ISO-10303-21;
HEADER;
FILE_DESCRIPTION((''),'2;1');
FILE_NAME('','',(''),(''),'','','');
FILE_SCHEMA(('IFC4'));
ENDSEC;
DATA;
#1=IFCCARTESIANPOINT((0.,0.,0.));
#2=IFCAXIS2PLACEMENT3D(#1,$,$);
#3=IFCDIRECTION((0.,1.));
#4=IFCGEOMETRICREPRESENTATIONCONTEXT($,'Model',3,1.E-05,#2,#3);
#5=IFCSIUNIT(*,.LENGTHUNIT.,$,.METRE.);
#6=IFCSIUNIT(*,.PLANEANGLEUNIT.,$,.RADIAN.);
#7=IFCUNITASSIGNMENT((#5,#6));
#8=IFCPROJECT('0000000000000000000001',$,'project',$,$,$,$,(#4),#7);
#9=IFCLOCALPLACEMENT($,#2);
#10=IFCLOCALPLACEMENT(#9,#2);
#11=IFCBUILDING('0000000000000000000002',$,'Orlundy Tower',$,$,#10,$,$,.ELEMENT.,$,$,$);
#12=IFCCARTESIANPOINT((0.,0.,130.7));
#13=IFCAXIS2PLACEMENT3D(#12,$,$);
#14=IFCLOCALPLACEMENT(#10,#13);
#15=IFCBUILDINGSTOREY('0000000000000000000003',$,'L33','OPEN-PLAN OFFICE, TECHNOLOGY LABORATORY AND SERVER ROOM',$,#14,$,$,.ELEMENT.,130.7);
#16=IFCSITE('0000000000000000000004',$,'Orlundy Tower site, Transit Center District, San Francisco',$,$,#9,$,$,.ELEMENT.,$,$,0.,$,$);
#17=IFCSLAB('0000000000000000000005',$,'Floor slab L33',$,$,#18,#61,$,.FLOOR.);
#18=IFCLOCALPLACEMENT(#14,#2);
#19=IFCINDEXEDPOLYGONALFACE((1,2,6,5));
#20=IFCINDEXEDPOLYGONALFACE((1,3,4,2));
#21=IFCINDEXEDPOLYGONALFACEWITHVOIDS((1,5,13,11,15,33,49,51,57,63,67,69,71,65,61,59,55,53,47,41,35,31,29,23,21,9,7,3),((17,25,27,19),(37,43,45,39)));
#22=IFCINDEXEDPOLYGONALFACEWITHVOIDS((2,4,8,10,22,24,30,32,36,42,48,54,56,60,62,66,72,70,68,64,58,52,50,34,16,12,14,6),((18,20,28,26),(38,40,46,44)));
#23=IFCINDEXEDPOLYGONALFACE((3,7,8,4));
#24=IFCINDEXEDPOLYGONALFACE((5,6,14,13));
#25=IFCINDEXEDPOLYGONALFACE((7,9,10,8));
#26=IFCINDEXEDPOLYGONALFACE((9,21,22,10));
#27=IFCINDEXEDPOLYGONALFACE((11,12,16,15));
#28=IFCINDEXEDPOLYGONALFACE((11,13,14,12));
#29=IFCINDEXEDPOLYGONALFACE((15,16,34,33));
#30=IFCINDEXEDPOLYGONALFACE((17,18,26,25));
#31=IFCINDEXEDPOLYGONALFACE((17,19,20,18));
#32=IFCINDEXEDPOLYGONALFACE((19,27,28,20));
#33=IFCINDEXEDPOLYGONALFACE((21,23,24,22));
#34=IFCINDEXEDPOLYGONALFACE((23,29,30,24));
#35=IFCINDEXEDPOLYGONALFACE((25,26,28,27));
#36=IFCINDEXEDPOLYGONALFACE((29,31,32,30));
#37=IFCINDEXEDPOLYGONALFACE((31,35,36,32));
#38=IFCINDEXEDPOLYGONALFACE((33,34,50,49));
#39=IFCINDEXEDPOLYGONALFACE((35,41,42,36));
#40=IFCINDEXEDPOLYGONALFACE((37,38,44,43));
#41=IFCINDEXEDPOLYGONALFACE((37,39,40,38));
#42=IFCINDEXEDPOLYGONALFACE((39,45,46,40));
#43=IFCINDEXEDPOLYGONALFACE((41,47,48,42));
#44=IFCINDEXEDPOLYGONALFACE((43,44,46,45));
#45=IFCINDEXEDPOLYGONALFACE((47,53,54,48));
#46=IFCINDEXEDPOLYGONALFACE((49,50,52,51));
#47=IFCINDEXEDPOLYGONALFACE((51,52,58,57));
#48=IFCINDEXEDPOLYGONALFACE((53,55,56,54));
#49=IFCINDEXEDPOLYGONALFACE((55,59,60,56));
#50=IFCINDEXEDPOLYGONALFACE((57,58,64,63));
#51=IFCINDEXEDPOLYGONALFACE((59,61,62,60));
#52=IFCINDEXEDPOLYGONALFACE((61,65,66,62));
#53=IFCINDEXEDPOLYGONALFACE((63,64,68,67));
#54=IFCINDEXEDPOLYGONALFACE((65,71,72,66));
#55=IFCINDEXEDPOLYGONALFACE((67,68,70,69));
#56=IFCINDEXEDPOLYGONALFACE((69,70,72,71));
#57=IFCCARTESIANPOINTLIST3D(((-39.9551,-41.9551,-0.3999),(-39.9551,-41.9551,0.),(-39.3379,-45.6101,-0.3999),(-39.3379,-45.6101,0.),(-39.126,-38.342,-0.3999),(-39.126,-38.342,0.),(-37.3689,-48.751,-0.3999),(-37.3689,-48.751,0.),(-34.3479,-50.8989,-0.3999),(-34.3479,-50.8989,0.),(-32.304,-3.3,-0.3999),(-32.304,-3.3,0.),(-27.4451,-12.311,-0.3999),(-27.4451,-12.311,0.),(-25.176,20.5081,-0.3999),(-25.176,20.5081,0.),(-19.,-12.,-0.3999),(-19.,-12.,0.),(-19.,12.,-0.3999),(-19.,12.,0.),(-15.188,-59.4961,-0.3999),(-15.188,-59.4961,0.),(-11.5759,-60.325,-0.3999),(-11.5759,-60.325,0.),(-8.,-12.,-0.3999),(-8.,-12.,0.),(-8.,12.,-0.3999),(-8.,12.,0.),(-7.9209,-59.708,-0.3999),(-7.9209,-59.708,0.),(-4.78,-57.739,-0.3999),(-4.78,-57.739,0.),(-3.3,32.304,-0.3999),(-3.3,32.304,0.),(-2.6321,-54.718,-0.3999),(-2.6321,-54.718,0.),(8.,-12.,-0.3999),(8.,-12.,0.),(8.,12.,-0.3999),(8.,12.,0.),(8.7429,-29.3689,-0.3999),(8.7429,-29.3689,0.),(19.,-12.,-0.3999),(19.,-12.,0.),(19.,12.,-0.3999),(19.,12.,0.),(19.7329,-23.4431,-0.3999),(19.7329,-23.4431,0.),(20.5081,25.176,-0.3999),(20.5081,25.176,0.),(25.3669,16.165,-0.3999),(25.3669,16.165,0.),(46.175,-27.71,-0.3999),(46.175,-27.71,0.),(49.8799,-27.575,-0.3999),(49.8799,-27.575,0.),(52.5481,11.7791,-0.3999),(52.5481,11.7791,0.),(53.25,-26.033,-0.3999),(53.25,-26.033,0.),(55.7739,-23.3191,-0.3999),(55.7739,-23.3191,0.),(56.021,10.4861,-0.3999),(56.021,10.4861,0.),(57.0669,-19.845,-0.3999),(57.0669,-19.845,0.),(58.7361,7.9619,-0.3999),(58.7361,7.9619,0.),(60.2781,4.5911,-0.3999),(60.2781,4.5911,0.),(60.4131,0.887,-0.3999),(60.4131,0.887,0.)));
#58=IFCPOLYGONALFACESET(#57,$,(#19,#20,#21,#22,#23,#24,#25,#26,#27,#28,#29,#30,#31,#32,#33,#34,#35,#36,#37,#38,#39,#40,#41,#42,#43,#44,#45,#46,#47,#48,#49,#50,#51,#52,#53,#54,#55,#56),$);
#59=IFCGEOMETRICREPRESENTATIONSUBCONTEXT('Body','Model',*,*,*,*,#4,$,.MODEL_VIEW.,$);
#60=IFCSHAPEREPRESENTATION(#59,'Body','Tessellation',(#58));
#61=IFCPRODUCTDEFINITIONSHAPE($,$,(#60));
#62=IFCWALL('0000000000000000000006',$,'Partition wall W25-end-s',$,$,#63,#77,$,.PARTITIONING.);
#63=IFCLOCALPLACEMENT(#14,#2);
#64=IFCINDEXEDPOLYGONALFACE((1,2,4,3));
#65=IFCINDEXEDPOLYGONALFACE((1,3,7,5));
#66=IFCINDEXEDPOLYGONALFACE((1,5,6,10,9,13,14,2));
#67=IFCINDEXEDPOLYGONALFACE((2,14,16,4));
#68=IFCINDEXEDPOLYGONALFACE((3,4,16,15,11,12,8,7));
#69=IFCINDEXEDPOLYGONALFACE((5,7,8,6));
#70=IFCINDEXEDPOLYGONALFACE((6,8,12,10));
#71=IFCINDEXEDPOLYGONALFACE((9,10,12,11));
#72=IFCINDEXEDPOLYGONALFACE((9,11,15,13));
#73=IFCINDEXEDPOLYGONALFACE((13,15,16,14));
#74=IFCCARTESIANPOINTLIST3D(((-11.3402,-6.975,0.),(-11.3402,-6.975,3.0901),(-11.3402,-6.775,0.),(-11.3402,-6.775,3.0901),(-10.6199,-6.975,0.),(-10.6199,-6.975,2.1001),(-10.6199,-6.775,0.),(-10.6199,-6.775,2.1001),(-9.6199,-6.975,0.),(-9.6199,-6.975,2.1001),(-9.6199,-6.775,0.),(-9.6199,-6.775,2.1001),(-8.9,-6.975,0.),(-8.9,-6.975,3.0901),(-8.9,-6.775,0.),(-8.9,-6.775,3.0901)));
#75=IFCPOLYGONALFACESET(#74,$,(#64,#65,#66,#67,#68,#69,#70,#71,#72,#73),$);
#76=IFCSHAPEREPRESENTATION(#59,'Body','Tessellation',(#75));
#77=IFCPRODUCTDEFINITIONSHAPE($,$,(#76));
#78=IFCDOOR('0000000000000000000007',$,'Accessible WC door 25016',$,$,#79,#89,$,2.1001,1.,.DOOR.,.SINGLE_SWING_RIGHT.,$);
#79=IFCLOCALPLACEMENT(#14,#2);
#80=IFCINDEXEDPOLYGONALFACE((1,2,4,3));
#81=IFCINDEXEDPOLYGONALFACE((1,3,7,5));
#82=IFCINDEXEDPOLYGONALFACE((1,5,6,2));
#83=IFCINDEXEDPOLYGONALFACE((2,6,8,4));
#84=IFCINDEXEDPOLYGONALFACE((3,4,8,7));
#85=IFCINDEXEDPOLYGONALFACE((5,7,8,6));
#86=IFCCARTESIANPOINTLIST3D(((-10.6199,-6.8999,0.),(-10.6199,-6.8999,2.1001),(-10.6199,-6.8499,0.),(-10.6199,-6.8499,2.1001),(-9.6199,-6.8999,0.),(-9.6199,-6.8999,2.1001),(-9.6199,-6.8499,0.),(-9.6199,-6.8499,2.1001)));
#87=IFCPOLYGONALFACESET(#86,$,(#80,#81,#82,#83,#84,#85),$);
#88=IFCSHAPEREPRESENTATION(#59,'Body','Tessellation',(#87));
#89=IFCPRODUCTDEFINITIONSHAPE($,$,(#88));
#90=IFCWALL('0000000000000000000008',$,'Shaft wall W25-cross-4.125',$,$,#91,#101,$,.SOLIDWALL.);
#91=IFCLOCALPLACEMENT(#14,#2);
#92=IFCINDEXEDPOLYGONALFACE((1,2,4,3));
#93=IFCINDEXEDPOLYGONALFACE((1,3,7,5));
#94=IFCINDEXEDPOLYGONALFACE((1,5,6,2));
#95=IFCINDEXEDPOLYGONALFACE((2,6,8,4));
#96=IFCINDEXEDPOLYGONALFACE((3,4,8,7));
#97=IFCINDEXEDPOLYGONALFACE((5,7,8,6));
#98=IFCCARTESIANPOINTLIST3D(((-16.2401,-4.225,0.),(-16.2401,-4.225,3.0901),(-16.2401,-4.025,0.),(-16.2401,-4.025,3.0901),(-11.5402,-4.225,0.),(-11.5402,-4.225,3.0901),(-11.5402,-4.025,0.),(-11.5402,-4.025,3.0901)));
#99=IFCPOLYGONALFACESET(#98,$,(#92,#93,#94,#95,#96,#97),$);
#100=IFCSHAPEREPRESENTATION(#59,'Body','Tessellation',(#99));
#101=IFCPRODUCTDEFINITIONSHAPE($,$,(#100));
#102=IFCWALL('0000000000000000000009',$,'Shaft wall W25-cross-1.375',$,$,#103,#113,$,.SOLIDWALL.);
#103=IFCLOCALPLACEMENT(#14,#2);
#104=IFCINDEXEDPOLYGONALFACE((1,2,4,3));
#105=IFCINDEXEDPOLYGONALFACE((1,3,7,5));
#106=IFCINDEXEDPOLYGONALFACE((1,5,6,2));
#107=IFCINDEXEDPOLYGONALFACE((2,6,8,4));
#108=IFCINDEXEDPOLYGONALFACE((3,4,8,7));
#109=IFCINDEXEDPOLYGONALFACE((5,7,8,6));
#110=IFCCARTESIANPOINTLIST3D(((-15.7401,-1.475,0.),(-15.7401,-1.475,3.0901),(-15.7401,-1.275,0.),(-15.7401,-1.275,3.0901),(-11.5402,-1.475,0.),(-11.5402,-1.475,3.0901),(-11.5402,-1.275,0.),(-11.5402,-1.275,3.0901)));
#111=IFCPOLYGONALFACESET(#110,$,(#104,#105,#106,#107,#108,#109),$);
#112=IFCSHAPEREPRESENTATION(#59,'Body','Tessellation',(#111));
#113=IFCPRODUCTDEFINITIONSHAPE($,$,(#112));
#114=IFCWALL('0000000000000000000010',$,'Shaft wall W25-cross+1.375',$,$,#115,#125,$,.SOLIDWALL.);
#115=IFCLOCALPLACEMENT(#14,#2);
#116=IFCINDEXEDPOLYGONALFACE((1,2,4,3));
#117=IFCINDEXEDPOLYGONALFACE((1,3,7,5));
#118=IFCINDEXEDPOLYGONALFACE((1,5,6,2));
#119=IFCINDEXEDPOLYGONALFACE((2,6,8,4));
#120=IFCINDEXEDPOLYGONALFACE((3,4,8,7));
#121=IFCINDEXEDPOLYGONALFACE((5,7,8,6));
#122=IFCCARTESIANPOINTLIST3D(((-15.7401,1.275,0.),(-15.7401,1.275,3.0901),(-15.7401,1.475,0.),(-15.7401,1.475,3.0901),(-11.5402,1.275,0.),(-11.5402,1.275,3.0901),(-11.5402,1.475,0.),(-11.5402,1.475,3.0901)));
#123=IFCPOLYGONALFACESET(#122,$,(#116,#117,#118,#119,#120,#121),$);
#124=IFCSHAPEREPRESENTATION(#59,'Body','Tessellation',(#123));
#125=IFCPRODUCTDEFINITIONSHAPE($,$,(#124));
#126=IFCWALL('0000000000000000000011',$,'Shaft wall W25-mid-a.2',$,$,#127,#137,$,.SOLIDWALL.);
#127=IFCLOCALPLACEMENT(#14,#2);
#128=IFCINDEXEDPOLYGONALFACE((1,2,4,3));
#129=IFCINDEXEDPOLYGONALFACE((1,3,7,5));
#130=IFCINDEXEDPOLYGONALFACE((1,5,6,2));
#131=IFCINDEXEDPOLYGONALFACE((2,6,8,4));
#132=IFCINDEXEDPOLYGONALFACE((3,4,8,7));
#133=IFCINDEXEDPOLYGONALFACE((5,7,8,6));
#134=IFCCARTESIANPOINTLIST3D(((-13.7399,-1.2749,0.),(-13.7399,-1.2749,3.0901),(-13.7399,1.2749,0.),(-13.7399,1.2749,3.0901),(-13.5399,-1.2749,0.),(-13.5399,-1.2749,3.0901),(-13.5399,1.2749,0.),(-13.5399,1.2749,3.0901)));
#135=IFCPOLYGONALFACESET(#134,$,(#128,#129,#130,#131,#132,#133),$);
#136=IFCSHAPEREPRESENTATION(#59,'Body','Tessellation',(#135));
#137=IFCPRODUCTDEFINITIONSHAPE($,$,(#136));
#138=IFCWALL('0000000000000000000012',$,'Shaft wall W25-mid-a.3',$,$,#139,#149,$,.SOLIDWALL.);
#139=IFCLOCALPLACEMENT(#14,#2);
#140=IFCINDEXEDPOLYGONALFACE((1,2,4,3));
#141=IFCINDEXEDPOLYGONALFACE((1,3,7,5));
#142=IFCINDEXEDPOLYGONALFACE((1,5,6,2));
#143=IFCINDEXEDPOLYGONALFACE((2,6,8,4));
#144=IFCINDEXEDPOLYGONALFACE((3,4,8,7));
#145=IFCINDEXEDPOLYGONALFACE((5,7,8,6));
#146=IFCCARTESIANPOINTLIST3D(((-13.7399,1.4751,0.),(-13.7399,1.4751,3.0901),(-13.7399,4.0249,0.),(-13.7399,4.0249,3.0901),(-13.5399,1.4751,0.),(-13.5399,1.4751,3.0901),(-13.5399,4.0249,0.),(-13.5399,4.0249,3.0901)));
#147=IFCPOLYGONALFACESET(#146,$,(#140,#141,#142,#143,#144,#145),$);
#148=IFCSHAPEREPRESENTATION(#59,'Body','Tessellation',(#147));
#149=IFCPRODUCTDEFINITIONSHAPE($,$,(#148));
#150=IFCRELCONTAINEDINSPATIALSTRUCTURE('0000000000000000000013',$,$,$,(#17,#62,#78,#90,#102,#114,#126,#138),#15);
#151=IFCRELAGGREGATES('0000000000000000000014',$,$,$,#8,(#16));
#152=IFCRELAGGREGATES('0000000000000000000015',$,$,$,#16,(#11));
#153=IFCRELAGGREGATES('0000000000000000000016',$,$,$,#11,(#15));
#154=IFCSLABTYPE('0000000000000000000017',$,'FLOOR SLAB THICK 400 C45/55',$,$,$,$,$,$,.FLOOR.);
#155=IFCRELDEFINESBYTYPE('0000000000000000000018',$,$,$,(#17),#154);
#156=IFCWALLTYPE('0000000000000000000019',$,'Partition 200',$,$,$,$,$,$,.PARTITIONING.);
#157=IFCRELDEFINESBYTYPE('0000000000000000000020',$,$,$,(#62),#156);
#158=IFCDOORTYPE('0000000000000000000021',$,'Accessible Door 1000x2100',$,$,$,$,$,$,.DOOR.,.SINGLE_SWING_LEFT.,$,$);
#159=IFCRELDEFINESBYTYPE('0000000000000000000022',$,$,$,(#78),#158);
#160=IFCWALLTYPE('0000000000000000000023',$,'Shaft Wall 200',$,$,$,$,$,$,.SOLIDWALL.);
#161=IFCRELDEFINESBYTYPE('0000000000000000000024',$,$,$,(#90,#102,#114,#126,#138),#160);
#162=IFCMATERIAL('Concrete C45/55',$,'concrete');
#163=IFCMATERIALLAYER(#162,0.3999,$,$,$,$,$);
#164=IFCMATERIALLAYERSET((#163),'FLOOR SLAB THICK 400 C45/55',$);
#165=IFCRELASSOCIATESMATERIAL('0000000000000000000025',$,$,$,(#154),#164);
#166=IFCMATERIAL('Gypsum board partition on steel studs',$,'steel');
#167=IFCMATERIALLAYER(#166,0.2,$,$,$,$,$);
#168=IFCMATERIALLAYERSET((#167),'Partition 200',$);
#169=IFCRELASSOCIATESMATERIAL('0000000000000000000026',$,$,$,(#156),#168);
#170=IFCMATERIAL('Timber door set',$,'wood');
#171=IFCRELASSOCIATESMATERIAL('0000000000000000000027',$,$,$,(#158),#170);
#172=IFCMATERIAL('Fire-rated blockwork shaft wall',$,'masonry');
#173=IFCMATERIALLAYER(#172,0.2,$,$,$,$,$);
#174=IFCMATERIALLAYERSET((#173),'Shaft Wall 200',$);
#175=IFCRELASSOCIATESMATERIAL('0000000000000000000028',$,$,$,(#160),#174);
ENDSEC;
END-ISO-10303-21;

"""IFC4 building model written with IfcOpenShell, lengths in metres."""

from ifc_helpers import new_model, si_unit, direction, frame, frame_2d, origin, place, context, subcontext, project, spatial, polyline, rectangle, outline, extrude, material, layer, layer_set, type_object, element, fill, save


model = new_model("IFC4")

# Units and contexts
model_context = context("Model", 3, precision=1e-05, world=origin(), true_north=direction((0.0, 1.0)))
body_context = subcontext(model_context, "Body", "Model", "MODEL_VIEW")
ifc_project = project(units=[si_unit("LENGTHUNIT", "METRE"), si_unit("PLANEANGLEUNIT", "RADIAN")], contexts=[model_context])

# Site, building, storey
site_placement = place(None, origin())
site = spatial("IfcSite", under=ifc_project, at=site_placement, Name="Orlundy Tower site, Transit Center District, San Francisco", CompositionType="ELEMENT", RefElevation=0.0)
building_placement = place(site_placement, origin())
building = spatial("IfcBuilding", under=site, at=building_placement, Name="Orlundy Tower", CompositionType="ELEMENT")
storey_placement = place(building_placement, frame((0.0, 0.0, 130.7)))
storey = spatial("IfcBuildingStorey", under=building, at=storey_placement, Name="L33", Description="OPEN-PLAN OFFICE, TECHNOLOGY LABORATORY AND SERVER ROOM", CompositionType="ELEMENT", Elevation=130.7)

# Slab
ifc_material_1 = material(Name="Concrete C45/55", Category="concrete")
ifc_layer_1 = layer(ifc_material_1, 0.3999)
ifc_layer_set_1 = layer_set([ifc_layer_1], Name="FLOOR SLAB THICK 400 C45/55")
slab_type_1 = type_object("IfcSlabType", Name="FLOOR SLAB THICK 400 C45/55", PredefinedType="FLOOR", material=ifc_layer_set_1)
slab_1_placement = place(storey_placement, frame((0.0, 0.0, -0.3999)))
element("IfcSlab", 1, at=slab_1_placement, inside=storey, type_object=slab_type_1, Name="Floor slab L33", PredefinedType="FLOOR", context=body_context, shape_type="SweptSolid", body=[
    extrude(outline(polyline([(-27.4451, -12.311), (-32.304, -3.3), (-25.176, 20.5081), (-3.3, 32.304), (20.5081, 25.176), (25.3669, 16.165), (52.5481, 11.7791), (56.021, 10.4861), (58.7361, 7.9619), (60.2781, 4.5911), (60.4131, 0.887), (57.0669, -19.845), (55.7739, -23.3191), (53.25, -26.033), (49.8799, -27.575), (46.175, -27.71), (19.7329, -23.4431), (8.7429, -29.3689), (-2.6321, -54.718), (-4.78, -57.739), (-7.9209, -59.708), (-11.5759, -60.325), (-15.188, -59.4961), (-34.3479, -50.8989), (-37.3689, -48.751), (-39.3379, -45.6101), (-39.9551, -41.9551), (-39.126, -38.342), (-27.4451, -12.311)]), holes=[polyline([(-8.0, -12.0), (-8.0, 12.0), (-19.0, 12.0), (-19.0, -12.0), (-8.0, -12.0)]), polyline([(19.0, -12.0), (19.0, 12.0), (8.0, 12.0), (8.0, -12.0), (19.0, -12.0)])]), origin(), (0.0, 0.0, 1.0), 0.3999),
])

# Wall, opening, door
ifc_material_2 = material(Name="Gypsum board partition on steel studs", Category="steel")
ifc_layer_2 = layer(ifc_material_2, 0.2)
ifc_layer_set_2 = layer_set([ifc_layer_2], Name="Partition 200")
wall_type_1 = type_object("IfcWallType", Name="Partition 200", PredefinedType="PARTITIONING", material=ifc_layer_set_2)
wall_1_placement = place(storey_placement, frame((-8.8999, -6.875, 0.0), z_axis=(0.0, 0.0, 1.0), x_axis=(-1.0, 0.0, 0.0)))
wall_1 = element("IfcWall", 2, at=wall_1_placement, inside=storey, type_object=wall_type_1, Name="Partition wall W25-end-s", PredefinedType="PARTITIONING", context=body_context, shape_type="SweptSolid", body=[
    extrude(rectangle(XDim=2.4402, YDim=0.2, at=frame_2d((1.2202, 0.0))), origin(), (0.0, 0.0, 1.0), 3.0901),
])
opening_placement = place(wall_1_placement, frame((0.72, 0.0, 0.0)))
opening = element("IfcOpeningElement", 3, at=opening_placement, cuts=wall_1, PredefinedType="OPENING", context=body_context, shape_type="SweptSolid", body=[
    extrude(rectangle(XDim=1.0, YDim=2.1001, at=frame_2d((0.5, 1.05))), frame((0.0, 0.1101, 0.0), z_axis=(0.0, -1.0, 0.0), x_axis=(1.0, 0.0, 0.0)), (0.0, 0.0, 1.0), 0.2202),
])
ifc_material_3 = material(Name="Timber door set", Category="wood")
door_type = type_object("IfcDoorType", Name="Accessible Door 1000x2100", OperationType="SINGLE_SWING_LEFT", PredefinedType="DOOR", material=ifc_material_3)
door_placement = place(opening_placement, origin())
door = element("IfcDoor", 4, at=door_placement, inside=storey, type_object=door_type, Name="Accessible WC door 25016", OperationType="SINGLE_SWING_RIGHT", OverallHeight=2.1001, OverallWidth=1.0, PredefinedType="DOOR", context=body_context, shape_type="SweptSolid", body=[
    extrude(rectangle(XDim=1.0, YDim=2.1001, at=frame_2d((0.5, 1.05))), frame((0.0, 0.0249, 0.0), z_axis=(0.0, -1.0, 0.0), x_axis=(1.0, 0.0, 0.0)), (0.0, 0.0, 1.0), 0.05),
])
fill(opening, door)

# Walls
ifc_material_4 = material(Name="Fire-rated blockwork shaft wall", Category="masonry")
ifc_layer_3 = layer(ifc_material_4, 0.2)
ifc_layer_set_3 = layer_set([ifc_layer_3], Name="Shaft Wall 200")
wall_type_2 = type_object("IfcWallType", Name="Shaft Wall 200", PredefinedType="SOLIDWALL", material=ifc_layer_set_3)
wall_2_placement = place(storey_placement, frame((-11.54, -4.125, 0.0), z_axis=(0.0, 0.0, 1.0), x_axis=(-1.0, 0.0, 0.0)))
element("IfcWall", 5, at=wall_2_placement, inside=storey, type_object=wall_type_2, Name="Shaft wall W25-cross-4.125", PredefinedType="SOLIDWALL", context=body_context, shape_type="SweptSolid", body=[
    extrude(rectangle(XDim=4.7, YDim=0.2, at=frame_2d((2.3501, 0.0))), origin(), (0.0, 0.0, 1.0), 3.0901),
])
for number, where, z_axis, x_axis, name in (
    (6, (-11.54, -1.375, 0.0), (0.0, 0.0, 1.0), (-1.0, 0.0, 0.0), "Shaft wall W25-cross-1.375"),
    (7, (-11.54, 1.375, 0.0), (0.0, 0.0, 1.0), (-1.0, 0.0, 0.0), "Shaft wall W25-cross+1.375"),
):
    element("IfcWall", number, at=place(storey_placement, frame(where, z_axis=z_axis, x_axis=x_axis)), inside=storey, type_object=wall_type_2, Name=name, PredefinedType="SOLIDWALL", context=body_context, shape_type="SweptSolid", body=[
        extrude(rectangle(XDim=4.2, YDim=0.2, at=frame_2d((2.1001, 0.0))), origin(), (0.0, 0.0, 1.0), 3.0901),
    ])
for number, where, z_axis, x_axis, name in (
    (8, (-13.6399, -1.2749, 0.0), (0.0, 0.0, 1.0), (0.0, 1.0, 0.0), "Shaft wall W25-mid-a.2"),
    (9, (-13.6399, 1.4751, 0.0), (0.0, 0.0, 1.0), (0.0, 1.0, 0.0), "Shaft wall W25-mid-a.3"),
):
    element("IfcWall", number, at=place(storey_placement, frame(where, z_axis=z_axis, x_axis=x_axis)), inside=storey, type_object=wall_type_2, Name=name, PredefinedType="SOLIDWALL", context=body_context, shape_type="SweptSolid", body=[
        extrude(rectangle(XDim=2.5498, YDim=0.2, at=frame_2d((1.2749, 0.0))), origin(), (0.0, 0.0, 1.0), 3.0901),
    ])

save(model, "model.ifc")
